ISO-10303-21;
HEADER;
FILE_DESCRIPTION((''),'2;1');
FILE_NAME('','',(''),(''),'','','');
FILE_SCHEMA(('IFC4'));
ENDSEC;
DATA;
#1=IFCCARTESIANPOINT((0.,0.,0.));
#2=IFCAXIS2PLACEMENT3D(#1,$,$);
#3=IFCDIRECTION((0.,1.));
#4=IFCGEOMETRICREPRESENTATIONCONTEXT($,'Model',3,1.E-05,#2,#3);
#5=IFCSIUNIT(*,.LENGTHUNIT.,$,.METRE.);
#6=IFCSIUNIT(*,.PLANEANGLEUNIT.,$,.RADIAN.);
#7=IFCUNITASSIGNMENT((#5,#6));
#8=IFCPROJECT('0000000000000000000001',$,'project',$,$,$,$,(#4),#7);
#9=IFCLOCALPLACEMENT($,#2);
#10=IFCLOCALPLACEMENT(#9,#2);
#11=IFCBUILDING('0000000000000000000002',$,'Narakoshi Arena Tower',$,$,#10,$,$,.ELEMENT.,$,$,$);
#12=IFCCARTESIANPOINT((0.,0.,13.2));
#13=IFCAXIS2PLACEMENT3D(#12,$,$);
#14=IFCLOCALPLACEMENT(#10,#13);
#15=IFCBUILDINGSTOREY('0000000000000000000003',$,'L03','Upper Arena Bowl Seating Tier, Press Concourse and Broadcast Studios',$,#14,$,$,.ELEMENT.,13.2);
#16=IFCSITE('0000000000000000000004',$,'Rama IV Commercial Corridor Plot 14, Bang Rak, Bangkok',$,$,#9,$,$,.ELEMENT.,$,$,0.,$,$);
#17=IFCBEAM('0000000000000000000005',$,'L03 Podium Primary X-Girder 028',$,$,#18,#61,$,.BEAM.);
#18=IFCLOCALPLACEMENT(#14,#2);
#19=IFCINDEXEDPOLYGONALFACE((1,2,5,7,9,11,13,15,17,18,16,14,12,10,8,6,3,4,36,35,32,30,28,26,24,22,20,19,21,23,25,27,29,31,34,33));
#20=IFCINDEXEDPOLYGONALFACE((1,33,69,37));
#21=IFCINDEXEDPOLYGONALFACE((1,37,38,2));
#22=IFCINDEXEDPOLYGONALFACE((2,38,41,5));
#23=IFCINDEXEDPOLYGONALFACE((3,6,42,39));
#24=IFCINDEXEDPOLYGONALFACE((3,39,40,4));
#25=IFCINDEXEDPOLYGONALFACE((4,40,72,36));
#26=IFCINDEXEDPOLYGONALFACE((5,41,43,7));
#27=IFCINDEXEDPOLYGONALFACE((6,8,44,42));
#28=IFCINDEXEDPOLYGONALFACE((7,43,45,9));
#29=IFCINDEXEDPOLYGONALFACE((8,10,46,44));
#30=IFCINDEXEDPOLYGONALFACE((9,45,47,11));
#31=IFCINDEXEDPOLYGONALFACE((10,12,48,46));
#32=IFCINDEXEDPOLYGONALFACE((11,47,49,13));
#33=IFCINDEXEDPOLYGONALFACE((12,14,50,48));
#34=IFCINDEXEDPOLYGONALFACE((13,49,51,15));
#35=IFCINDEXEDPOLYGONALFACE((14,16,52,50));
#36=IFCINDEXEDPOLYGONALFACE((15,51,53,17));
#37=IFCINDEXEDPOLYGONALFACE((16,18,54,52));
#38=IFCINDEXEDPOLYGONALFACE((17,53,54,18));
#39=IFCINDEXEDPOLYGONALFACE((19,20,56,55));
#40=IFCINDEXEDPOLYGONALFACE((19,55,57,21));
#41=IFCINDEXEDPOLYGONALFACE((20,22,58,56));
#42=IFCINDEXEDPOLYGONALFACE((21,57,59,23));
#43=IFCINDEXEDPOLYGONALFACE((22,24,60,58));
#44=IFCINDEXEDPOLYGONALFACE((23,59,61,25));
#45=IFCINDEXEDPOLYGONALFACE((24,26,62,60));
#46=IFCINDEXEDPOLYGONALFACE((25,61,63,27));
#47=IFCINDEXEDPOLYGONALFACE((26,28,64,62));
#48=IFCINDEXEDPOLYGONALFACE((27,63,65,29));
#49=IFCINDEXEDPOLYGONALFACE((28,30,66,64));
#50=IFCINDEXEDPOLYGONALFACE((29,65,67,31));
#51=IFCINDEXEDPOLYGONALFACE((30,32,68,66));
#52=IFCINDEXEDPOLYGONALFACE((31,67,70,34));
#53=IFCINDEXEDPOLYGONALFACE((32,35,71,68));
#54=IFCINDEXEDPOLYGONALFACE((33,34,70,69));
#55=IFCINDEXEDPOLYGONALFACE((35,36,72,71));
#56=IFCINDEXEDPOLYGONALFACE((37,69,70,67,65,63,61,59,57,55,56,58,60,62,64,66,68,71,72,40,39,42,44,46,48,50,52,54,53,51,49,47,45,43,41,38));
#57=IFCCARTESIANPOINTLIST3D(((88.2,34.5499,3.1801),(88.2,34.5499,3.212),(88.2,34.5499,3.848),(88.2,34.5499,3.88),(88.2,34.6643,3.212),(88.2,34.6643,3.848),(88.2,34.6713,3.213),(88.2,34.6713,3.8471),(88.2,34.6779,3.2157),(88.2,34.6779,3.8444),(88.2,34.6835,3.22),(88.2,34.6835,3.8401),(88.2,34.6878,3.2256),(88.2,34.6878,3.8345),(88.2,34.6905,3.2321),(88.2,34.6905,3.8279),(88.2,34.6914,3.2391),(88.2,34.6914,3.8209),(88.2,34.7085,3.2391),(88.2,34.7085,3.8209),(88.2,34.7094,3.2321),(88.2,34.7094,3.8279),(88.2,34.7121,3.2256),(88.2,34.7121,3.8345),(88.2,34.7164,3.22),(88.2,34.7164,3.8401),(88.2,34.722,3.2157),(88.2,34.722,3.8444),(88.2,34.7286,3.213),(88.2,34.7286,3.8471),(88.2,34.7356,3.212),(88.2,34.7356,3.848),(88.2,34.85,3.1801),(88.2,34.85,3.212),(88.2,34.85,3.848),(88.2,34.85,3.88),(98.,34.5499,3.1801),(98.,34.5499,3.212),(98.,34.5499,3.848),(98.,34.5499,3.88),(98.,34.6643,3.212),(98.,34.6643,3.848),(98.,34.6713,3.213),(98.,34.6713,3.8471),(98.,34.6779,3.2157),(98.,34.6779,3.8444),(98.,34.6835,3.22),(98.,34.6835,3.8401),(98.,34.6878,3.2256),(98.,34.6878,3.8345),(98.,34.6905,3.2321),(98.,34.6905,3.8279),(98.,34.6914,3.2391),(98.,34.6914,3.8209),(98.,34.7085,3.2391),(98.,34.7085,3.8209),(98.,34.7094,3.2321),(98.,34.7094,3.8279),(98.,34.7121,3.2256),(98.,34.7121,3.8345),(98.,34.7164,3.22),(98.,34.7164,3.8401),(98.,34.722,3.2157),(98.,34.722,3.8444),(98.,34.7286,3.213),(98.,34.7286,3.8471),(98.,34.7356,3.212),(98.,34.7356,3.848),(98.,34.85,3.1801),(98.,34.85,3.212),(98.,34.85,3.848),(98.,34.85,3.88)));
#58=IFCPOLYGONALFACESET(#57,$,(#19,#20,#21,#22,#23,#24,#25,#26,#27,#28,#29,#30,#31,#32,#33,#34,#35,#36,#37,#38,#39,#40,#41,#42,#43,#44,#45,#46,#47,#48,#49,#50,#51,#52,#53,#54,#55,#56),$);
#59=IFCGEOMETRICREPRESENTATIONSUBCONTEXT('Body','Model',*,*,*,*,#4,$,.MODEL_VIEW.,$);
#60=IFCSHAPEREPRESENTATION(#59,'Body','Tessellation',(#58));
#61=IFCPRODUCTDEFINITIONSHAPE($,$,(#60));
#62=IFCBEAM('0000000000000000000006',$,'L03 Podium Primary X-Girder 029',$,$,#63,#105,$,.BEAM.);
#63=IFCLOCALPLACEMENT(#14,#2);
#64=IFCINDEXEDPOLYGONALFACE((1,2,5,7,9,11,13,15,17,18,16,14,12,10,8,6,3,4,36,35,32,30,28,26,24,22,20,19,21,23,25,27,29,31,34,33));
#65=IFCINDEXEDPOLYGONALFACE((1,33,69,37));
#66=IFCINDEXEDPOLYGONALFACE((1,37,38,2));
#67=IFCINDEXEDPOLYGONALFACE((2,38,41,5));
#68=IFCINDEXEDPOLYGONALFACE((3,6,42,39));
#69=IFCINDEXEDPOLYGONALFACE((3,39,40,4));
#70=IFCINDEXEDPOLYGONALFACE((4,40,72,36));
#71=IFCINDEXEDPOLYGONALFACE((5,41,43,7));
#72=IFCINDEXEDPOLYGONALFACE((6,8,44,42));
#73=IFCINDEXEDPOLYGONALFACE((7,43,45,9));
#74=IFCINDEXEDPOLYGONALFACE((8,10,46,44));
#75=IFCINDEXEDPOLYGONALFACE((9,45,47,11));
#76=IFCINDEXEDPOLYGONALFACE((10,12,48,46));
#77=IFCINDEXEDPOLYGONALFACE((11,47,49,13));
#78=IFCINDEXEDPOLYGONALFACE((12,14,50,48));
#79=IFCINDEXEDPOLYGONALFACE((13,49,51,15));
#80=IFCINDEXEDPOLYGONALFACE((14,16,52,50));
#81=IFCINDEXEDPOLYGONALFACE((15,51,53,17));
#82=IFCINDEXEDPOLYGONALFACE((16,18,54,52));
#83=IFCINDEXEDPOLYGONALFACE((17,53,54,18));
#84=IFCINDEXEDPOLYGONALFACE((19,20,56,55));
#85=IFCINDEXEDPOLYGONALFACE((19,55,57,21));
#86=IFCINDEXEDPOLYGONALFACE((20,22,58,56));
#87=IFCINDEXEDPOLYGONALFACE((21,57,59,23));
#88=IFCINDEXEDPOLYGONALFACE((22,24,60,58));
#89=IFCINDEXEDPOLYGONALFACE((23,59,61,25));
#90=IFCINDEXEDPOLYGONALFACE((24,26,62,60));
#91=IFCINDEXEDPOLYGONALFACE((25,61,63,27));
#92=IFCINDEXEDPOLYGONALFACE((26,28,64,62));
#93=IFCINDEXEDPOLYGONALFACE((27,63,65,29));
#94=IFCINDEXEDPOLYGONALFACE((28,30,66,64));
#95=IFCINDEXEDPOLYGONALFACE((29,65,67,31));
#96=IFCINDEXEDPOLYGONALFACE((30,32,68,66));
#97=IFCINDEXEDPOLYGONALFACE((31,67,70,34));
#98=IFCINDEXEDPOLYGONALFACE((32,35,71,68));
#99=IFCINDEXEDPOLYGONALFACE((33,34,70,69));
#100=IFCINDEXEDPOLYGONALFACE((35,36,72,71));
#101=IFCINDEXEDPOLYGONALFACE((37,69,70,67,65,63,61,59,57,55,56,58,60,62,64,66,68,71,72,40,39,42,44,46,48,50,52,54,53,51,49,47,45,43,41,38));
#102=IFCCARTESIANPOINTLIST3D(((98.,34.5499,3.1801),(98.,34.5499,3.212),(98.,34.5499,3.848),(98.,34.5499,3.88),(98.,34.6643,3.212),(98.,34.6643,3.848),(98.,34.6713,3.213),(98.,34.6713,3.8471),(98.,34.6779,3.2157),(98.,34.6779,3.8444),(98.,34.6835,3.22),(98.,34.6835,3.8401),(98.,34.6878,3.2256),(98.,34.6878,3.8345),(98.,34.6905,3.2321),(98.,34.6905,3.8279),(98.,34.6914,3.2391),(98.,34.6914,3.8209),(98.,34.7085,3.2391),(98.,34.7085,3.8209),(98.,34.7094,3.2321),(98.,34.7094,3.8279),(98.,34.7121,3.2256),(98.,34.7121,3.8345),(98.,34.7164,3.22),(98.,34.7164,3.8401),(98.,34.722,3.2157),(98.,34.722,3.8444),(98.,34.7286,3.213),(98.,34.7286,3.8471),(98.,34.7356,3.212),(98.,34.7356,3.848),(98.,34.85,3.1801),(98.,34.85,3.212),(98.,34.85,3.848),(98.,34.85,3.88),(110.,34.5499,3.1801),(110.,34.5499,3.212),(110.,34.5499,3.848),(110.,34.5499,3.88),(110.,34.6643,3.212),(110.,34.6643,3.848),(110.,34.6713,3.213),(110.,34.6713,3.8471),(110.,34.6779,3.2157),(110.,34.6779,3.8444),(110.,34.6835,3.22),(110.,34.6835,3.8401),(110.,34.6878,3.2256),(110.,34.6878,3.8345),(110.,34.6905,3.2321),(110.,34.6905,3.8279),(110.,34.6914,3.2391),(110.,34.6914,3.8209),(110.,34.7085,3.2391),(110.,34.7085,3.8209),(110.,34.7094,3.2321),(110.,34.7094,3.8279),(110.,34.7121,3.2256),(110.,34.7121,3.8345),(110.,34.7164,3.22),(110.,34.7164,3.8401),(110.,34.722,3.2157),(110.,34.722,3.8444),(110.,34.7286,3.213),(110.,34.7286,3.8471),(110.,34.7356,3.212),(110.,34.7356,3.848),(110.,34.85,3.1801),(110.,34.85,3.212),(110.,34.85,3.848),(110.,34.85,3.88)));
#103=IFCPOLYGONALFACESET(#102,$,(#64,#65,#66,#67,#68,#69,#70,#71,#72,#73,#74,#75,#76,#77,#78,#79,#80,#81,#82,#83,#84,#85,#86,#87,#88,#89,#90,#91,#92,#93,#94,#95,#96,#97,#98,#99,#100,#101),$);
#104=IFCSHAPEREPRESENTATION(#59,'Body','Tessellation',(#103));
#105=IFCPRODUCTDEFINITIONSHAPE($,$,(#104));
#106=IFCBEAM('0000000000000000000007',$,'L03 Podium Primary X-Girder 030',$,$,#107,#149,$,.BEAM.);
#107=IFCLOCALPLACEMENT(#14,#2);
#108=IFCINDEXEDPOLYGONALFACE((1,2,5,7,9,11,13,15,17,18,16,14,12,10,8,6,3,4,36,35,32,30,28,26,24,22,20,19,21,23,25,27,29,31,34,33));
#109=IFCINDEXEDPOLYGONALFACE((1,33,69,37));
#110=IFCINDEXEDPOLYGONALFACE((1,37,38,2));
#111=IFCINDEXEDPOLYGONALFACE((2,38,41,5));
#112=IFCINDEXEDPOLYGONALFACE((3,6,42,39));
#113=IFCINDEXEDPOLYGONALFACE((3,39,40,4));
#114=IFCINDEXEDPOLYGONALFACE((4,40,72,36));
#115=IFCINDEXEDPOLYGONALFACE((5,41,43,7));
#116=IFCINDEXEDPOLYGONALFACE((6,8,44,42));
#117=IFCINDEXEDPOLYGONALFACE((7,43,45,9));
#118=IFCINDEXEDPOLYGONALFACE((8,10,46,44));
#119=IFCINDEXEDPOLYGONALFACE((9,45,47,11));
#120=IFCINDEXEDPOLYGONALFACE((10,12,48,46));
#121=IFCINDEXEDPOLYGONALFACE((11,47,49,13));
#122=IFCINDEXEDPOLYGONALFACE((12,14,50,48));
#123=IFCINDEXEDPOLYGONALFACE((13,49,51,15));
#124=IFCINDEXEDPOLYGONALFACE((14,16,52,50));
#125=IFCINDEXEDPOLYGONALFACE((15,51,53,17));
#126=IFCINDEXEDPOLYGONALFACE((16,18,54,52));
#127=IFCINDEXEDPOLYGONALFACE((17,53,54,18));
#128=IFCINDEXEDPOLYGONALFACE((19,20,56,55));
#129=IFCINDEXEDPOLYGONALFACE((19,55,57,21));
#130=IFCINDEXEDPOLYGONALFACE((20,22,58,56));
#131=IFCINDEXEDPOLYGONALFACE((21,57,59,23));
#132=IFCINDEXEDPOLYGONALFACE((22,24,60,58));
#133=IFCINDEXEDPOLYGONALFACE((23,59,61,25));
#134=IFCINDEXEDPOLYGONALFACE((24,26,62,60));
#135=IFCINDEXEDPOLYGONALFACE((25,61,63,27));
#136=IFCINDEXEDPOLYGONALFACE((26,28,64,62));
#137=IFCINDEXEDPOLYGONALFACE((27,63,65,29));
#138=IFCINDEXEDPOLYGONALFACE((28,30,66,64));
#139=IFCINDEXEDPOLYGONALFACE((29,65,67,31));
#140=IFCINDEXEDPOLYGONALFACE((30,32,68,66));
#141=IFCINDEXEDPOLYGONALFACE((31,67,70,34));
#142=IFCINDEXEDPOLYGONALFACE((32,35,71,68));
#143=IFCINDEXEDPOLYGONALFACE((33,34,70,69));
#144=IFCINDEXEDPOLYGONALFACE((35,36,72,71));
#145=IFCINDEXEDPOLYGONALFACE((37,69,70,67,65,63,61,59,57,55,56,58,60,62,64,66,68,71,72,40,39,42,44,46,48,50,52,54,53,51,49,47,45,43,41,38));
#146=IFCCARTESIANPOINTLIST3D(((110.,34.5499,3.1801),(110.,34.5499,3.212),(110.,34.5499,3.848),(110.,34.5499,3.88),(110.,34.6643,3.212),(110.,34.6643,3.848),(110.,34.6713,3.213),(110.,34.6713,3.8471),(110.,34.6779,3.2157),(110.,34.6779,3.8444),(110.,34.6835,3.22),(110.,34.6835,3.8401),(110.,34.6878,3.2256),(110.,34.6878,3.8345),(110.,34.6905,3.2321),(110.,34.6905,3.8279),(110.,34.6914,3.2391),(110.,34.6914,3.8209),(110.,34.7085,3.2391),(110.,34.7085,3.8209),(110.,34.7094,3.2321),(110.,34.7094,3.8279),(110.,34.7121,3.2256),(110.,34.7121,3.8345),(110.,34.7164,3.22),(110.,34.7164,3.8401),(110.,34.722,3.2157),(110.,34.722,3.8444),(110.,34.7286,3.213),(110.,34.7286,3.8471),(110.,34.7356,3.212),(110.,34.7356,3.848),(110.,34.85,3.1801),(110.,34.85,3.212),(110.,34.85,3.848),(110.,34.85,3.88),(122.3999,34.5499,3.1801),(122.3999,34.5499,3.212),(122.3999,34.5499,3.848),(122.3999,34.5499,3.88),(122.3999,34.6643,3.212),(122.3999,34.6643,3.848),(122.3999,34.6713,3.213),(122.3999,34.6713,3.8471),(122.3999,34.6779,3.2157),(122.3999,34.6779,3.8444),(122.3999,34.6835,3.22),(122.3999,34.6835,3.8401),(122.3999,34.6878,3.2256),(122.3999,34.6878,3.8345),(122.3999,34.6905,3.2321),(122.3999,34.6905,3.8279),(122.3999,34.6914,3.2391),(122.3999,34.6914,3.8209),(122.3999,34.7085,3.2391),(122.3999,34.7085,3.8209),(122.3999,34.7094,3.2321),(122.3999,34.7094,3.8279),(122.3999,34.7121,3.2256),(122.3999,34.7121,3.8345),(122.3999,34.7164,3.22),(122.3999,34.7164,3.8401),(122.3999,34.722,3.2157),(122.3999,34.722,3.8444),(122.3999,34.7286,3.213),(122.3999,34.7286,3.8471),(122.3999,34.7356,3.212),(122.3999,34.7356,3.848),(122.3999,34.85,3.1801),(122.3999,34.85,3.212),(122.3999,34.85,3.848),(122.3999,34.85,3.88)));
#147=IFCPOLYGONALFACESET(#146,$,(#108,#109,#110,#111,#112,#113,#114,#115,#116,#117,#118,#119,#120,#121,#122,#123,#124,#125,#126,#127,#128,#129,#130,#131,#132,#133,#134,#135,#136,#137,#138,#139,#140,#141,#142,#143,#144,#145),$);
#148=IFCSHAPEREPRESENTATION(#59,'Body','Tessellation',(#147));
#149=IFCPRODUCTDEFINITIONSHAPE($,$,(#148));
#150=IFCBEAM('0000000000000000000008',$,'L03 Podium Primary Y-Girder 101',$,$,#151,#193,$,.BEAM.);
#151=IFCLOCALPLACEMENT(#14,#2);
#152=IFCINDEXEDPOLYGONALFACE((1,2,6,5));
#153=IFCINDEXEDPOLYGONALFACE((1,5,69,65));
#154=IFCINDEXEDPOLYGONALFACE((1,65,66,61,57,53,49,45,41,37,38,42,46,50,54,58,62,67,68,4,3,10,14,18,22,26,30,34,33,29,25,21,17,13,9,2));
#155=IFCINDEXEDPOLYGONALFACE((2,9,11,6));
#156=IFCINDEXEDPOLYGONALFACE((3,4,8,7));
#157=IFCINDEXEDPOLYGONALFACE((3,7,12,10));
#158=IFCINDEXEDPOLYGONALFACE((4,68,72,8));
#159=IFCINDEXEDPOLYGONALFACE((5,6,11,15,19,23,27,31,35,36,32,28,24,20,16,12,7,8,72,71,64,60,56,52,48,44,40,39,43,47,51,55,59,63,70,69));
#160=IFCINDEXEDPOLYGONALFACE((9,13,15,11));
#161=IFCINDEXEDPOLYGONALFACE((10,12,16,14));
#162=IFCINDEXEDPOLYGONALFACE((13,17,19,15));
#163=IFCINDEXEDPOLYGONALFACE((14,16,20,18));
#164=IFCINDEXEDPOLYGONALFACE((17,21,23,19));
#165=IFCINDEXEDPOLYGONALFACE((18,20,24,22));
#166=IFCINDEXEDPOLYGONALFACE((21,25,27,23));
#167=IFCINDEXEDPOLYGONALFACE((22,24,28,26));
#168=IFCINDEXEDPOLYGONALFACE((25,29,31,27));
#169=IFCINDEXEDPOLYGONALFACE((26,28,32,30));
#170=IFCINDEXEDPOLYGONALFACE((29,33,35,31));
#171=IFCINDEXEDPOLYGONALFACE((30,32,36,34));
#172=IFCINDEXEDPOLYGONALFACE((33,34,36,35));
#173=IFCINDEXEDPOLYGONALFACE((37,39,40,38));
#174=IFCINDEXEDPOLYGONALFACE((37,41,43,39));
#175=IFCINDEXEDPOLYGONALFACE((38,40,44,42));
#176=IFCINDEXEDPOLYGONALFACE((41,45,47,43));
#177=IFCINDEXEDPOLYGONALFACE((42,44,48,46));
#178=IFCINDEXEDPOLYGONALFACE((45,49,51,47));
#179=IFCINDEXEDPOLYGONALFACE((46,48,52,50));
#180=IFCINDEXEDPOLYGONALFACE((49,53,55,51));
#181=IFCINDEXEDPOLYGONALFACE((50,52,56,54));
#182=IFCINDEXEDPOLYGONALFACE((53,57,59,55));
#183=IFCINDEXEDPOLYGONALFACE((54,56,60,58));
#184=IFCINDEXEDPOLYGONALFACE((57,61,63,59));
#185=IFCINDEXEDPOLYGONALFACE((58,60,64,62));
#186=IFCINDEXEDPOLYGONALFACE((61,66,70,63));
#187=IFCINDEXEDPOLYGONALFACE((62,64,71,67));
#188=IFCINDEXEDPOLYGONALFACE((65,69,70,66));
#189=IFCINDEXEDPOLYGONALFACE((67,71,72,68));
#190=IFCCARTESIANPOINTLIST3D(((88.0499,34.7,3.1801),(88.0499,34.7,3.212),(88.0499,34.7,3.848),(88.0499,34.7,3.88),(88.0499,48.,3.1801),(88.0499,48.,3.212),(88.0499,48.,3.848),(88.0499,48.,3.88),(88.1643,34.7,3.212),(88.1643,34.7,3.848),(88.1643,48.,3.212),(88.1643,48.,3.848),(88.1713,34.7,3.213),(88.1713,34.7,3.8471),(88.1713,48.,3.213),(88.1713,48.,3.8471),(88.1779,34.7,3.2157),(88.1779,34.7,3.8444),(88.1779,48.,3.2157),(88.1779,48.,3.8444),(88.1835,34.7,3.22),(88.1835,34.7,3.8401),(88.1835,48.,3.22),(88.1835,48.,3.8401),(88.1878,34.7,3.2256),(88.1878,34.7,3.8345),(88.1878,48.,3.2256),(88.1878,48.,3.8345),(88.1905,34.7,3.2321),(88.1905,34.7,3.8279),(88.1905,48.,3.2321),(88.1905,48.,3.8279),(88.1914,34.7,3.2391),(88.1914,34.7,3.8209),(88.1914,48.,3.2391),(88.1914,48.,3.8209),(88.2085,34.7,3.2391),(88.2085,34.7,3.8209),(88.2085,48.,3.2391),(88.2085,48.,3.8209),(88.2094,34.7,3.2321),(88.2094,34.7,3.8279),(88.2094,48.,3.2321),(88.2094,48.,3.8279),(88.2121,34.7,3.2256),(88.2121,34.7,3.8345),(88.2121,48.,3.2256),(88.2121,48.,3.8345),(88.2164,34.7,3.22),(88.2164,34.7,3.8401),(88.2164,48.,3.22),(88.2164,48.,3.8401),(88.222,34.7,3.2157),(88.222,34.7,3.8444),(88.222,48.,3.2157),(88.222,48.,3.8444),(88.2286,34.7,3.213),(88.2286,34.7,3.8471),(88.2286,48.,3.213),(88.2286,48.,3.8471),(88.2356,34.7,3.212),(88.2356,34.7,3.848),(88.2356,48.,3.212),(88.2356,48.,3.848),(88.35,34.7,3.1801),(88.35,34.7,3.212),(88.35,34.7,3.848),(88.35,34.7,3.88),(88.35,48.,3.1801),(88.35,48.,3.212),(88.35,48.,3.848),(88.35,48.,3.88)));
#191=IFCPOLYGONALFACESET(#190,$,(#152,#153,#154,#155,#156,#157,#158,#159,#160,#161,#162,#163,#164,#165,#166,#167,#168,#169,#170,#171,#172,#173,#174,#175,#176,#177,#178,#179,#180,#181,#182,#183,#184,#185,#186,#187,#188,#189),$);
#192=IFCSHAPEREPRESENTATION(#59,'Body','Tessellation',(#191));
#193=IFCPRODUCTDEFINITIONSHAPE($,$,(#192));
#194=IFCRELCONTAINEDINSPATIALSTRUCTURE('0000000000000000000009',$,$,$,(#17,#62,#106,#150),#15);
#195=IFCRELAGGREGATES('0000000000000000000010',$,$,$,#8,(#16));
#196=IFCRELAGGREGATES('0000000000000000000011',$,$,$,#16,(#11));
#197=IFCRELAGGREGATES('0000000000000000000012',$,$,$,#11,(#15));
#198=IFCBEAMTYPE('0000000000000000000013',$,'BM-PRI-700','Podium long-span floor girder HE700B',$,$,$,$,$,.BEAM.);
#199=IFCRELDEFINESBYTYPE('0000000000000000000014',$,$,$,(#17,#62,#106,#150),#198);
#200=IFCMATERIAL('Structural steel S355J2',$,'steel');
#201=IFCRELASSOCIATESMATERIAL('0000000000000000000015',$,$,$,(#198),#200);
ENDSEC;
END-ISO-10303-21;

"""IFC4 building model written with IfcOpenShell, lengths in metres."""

from ifc_helpers import new_model, si_unit, direction, frame, origin, origin_2d, place, context, subcontext, project, spatial, i_section, extrude, material, material_profile, profile_set, type_object, element, save


model = new_model("IFC4")

# Units and contexts
model_context = context("Model", 3, precision=1e-05, world=origin(), true_north=direction((0.0, 1.0)))
body_context = subcontext(model_context, "Body", "Model", "MODEL_VIEW")
ifc_project = project(units=[si_unit("LENGTHUNIT", "METRE"), si_unit("PLANEANGLEUNIT", "RADIAN")], contexts=[model_context])

# Site, building, storey
site_placement = place(None, origin())
site = spatial("IfcSite", under=ifc_project, at=site_placement, Name="Rama IV Commercial Corridor Plot 14, Bang Rak, Bangkok", CompositionType="ELEMENT", RefElevation=0.0)
building_placement = place(site_placement, origin())
building = spatial("IfcBuilding", under=site, at=building_placement, Name="Narakoshi Arena Tower", CompositionType="ELEMENT")
storey_placement = place(building_placement, frame((0.0, 0.0, 13.2)))
storey = spatial("IfcBuildingStorey", under=building, at=storey_placement, Name="L03", Description="Upper Arena Bowl Seating Tier, Press Concourse and Broadcast Studios", CompositionType="ELEMENT", Elevation=13.2)

# Beams
ifc_material_1 = material(Name="Structural steel S355J2", Category="steel")
ifc_material_profile_1 = material_profile(ifc_material_1, i_section(OverallWidth=0.3, OverallDepth=0.7, WebThickness=0.0171, FlangeThickness=0.032, FilletRadius=0.0271, at=origin_2d()), Name="HE700B")
ifc_profile_set_1 = profile_set([ifc_material_profile_1], Name="Structural steel S355J2")
beam_type_1 = type_object("IfcBeamType", Name="BM-PRI-700", Description="Podium long-span floor girder HE700B", PredefinedType="BEAM", material=ifc_profile_set_1)
beam_1_placement = place(storey_placement, frame((88.2, 34.7, 3.53), z_axis=(1.0, 0.0, 0.0), x_axis=(0.0, 1.0, 0.0)))
element("IfcBeam", 1, at=beam_1_placement, inside=storey, type_object=beam_type_1, Name="L03 Podium Primary X-Girder 028", PredefinedType="BEAM", context=body_context, shape_type="SweptSolid", body=[
    extrude(i_section(OverallWidth=0.3, OverallDepth=0.7, WebThickness=0.0171, FlangeThickness=0.032, FilletRadius=0.0271, at=origin_2d()), origin(), (0.0, 0.0, 1.0), 9.8),
])
beam_2_placement = place(storey_placement, frame((98.0, 34.7, 3.53), z_axis=(1.0, 0.0, 0.0), x_axis=(0.0, 1.0, 0.0)))
element("IfcBeam", 2, at=beam_2_placement, inside=storey, type_object=beam_type_1, Name="L03 Podium Primary X-Girder 029", PredefinedType="BEAM", context=body_context, shape_type="SweptSolid", body=[
    extrude(i_section(OverallWidth=0.3, OverallDepth=0.7, WebThickness=0.0171, FlangeThickness=0.032, FilletRadius=0.0271, at=origin_2d()), origin(), (0.0, 0.0, 1.0), 12.0),
])
beam_3_placement = place(storey_placement, frame((110.0, 34.7, 3.53), z_axis=(1.0, 0.0, 0.0), x_axis=(0.0, 1.0, 0.0)))
element("IfcBeam", 3, at=beam_3_placement, inside=storey, type_object=beam_type_1, Name="L03 Podium Primary X-Girder 030", PredefinedType="BEAM", context=body_context, shape_type="SweptSolid", body=[
    extrude(i_section(OverallWidth=0.3, OverallDepth=0.7, WebThickness=0.0171, FlangeThickness=0.032, FilletRadius=0.0271, at=origin_2d()), origin(), (0.0, 0.0, 1.0), 12.3999),
])
for number, where, z_axis, x_axis, name in (
    (4, (88.2, 34.7, 3.53), (0.0, 1.0, 0.0), (-1.0, 0.0, 0.0), "L03 Podium Primary Y-Girder 101"),
):
    element("IfcBeam", number, at=place(storey_placement, frame(where, z_axis=z_axis, x_axis=x_axis)), inside=storey, type_object=beam_type_1, Name=name, PredefinedType="BEAM", context=body_context, shape_type="SweptSolid", body=[
        extrude(i_section(OverallWidth=0.3, OverallDepth=0.7, WebThickness=0.0171, FlangeThickness=0.032, FilletRadius=0.0271, at=origin_2d()), origin(), (0.0, 0.0, 1.0), 13.3),
    ])

save(model, "model.ifc")
